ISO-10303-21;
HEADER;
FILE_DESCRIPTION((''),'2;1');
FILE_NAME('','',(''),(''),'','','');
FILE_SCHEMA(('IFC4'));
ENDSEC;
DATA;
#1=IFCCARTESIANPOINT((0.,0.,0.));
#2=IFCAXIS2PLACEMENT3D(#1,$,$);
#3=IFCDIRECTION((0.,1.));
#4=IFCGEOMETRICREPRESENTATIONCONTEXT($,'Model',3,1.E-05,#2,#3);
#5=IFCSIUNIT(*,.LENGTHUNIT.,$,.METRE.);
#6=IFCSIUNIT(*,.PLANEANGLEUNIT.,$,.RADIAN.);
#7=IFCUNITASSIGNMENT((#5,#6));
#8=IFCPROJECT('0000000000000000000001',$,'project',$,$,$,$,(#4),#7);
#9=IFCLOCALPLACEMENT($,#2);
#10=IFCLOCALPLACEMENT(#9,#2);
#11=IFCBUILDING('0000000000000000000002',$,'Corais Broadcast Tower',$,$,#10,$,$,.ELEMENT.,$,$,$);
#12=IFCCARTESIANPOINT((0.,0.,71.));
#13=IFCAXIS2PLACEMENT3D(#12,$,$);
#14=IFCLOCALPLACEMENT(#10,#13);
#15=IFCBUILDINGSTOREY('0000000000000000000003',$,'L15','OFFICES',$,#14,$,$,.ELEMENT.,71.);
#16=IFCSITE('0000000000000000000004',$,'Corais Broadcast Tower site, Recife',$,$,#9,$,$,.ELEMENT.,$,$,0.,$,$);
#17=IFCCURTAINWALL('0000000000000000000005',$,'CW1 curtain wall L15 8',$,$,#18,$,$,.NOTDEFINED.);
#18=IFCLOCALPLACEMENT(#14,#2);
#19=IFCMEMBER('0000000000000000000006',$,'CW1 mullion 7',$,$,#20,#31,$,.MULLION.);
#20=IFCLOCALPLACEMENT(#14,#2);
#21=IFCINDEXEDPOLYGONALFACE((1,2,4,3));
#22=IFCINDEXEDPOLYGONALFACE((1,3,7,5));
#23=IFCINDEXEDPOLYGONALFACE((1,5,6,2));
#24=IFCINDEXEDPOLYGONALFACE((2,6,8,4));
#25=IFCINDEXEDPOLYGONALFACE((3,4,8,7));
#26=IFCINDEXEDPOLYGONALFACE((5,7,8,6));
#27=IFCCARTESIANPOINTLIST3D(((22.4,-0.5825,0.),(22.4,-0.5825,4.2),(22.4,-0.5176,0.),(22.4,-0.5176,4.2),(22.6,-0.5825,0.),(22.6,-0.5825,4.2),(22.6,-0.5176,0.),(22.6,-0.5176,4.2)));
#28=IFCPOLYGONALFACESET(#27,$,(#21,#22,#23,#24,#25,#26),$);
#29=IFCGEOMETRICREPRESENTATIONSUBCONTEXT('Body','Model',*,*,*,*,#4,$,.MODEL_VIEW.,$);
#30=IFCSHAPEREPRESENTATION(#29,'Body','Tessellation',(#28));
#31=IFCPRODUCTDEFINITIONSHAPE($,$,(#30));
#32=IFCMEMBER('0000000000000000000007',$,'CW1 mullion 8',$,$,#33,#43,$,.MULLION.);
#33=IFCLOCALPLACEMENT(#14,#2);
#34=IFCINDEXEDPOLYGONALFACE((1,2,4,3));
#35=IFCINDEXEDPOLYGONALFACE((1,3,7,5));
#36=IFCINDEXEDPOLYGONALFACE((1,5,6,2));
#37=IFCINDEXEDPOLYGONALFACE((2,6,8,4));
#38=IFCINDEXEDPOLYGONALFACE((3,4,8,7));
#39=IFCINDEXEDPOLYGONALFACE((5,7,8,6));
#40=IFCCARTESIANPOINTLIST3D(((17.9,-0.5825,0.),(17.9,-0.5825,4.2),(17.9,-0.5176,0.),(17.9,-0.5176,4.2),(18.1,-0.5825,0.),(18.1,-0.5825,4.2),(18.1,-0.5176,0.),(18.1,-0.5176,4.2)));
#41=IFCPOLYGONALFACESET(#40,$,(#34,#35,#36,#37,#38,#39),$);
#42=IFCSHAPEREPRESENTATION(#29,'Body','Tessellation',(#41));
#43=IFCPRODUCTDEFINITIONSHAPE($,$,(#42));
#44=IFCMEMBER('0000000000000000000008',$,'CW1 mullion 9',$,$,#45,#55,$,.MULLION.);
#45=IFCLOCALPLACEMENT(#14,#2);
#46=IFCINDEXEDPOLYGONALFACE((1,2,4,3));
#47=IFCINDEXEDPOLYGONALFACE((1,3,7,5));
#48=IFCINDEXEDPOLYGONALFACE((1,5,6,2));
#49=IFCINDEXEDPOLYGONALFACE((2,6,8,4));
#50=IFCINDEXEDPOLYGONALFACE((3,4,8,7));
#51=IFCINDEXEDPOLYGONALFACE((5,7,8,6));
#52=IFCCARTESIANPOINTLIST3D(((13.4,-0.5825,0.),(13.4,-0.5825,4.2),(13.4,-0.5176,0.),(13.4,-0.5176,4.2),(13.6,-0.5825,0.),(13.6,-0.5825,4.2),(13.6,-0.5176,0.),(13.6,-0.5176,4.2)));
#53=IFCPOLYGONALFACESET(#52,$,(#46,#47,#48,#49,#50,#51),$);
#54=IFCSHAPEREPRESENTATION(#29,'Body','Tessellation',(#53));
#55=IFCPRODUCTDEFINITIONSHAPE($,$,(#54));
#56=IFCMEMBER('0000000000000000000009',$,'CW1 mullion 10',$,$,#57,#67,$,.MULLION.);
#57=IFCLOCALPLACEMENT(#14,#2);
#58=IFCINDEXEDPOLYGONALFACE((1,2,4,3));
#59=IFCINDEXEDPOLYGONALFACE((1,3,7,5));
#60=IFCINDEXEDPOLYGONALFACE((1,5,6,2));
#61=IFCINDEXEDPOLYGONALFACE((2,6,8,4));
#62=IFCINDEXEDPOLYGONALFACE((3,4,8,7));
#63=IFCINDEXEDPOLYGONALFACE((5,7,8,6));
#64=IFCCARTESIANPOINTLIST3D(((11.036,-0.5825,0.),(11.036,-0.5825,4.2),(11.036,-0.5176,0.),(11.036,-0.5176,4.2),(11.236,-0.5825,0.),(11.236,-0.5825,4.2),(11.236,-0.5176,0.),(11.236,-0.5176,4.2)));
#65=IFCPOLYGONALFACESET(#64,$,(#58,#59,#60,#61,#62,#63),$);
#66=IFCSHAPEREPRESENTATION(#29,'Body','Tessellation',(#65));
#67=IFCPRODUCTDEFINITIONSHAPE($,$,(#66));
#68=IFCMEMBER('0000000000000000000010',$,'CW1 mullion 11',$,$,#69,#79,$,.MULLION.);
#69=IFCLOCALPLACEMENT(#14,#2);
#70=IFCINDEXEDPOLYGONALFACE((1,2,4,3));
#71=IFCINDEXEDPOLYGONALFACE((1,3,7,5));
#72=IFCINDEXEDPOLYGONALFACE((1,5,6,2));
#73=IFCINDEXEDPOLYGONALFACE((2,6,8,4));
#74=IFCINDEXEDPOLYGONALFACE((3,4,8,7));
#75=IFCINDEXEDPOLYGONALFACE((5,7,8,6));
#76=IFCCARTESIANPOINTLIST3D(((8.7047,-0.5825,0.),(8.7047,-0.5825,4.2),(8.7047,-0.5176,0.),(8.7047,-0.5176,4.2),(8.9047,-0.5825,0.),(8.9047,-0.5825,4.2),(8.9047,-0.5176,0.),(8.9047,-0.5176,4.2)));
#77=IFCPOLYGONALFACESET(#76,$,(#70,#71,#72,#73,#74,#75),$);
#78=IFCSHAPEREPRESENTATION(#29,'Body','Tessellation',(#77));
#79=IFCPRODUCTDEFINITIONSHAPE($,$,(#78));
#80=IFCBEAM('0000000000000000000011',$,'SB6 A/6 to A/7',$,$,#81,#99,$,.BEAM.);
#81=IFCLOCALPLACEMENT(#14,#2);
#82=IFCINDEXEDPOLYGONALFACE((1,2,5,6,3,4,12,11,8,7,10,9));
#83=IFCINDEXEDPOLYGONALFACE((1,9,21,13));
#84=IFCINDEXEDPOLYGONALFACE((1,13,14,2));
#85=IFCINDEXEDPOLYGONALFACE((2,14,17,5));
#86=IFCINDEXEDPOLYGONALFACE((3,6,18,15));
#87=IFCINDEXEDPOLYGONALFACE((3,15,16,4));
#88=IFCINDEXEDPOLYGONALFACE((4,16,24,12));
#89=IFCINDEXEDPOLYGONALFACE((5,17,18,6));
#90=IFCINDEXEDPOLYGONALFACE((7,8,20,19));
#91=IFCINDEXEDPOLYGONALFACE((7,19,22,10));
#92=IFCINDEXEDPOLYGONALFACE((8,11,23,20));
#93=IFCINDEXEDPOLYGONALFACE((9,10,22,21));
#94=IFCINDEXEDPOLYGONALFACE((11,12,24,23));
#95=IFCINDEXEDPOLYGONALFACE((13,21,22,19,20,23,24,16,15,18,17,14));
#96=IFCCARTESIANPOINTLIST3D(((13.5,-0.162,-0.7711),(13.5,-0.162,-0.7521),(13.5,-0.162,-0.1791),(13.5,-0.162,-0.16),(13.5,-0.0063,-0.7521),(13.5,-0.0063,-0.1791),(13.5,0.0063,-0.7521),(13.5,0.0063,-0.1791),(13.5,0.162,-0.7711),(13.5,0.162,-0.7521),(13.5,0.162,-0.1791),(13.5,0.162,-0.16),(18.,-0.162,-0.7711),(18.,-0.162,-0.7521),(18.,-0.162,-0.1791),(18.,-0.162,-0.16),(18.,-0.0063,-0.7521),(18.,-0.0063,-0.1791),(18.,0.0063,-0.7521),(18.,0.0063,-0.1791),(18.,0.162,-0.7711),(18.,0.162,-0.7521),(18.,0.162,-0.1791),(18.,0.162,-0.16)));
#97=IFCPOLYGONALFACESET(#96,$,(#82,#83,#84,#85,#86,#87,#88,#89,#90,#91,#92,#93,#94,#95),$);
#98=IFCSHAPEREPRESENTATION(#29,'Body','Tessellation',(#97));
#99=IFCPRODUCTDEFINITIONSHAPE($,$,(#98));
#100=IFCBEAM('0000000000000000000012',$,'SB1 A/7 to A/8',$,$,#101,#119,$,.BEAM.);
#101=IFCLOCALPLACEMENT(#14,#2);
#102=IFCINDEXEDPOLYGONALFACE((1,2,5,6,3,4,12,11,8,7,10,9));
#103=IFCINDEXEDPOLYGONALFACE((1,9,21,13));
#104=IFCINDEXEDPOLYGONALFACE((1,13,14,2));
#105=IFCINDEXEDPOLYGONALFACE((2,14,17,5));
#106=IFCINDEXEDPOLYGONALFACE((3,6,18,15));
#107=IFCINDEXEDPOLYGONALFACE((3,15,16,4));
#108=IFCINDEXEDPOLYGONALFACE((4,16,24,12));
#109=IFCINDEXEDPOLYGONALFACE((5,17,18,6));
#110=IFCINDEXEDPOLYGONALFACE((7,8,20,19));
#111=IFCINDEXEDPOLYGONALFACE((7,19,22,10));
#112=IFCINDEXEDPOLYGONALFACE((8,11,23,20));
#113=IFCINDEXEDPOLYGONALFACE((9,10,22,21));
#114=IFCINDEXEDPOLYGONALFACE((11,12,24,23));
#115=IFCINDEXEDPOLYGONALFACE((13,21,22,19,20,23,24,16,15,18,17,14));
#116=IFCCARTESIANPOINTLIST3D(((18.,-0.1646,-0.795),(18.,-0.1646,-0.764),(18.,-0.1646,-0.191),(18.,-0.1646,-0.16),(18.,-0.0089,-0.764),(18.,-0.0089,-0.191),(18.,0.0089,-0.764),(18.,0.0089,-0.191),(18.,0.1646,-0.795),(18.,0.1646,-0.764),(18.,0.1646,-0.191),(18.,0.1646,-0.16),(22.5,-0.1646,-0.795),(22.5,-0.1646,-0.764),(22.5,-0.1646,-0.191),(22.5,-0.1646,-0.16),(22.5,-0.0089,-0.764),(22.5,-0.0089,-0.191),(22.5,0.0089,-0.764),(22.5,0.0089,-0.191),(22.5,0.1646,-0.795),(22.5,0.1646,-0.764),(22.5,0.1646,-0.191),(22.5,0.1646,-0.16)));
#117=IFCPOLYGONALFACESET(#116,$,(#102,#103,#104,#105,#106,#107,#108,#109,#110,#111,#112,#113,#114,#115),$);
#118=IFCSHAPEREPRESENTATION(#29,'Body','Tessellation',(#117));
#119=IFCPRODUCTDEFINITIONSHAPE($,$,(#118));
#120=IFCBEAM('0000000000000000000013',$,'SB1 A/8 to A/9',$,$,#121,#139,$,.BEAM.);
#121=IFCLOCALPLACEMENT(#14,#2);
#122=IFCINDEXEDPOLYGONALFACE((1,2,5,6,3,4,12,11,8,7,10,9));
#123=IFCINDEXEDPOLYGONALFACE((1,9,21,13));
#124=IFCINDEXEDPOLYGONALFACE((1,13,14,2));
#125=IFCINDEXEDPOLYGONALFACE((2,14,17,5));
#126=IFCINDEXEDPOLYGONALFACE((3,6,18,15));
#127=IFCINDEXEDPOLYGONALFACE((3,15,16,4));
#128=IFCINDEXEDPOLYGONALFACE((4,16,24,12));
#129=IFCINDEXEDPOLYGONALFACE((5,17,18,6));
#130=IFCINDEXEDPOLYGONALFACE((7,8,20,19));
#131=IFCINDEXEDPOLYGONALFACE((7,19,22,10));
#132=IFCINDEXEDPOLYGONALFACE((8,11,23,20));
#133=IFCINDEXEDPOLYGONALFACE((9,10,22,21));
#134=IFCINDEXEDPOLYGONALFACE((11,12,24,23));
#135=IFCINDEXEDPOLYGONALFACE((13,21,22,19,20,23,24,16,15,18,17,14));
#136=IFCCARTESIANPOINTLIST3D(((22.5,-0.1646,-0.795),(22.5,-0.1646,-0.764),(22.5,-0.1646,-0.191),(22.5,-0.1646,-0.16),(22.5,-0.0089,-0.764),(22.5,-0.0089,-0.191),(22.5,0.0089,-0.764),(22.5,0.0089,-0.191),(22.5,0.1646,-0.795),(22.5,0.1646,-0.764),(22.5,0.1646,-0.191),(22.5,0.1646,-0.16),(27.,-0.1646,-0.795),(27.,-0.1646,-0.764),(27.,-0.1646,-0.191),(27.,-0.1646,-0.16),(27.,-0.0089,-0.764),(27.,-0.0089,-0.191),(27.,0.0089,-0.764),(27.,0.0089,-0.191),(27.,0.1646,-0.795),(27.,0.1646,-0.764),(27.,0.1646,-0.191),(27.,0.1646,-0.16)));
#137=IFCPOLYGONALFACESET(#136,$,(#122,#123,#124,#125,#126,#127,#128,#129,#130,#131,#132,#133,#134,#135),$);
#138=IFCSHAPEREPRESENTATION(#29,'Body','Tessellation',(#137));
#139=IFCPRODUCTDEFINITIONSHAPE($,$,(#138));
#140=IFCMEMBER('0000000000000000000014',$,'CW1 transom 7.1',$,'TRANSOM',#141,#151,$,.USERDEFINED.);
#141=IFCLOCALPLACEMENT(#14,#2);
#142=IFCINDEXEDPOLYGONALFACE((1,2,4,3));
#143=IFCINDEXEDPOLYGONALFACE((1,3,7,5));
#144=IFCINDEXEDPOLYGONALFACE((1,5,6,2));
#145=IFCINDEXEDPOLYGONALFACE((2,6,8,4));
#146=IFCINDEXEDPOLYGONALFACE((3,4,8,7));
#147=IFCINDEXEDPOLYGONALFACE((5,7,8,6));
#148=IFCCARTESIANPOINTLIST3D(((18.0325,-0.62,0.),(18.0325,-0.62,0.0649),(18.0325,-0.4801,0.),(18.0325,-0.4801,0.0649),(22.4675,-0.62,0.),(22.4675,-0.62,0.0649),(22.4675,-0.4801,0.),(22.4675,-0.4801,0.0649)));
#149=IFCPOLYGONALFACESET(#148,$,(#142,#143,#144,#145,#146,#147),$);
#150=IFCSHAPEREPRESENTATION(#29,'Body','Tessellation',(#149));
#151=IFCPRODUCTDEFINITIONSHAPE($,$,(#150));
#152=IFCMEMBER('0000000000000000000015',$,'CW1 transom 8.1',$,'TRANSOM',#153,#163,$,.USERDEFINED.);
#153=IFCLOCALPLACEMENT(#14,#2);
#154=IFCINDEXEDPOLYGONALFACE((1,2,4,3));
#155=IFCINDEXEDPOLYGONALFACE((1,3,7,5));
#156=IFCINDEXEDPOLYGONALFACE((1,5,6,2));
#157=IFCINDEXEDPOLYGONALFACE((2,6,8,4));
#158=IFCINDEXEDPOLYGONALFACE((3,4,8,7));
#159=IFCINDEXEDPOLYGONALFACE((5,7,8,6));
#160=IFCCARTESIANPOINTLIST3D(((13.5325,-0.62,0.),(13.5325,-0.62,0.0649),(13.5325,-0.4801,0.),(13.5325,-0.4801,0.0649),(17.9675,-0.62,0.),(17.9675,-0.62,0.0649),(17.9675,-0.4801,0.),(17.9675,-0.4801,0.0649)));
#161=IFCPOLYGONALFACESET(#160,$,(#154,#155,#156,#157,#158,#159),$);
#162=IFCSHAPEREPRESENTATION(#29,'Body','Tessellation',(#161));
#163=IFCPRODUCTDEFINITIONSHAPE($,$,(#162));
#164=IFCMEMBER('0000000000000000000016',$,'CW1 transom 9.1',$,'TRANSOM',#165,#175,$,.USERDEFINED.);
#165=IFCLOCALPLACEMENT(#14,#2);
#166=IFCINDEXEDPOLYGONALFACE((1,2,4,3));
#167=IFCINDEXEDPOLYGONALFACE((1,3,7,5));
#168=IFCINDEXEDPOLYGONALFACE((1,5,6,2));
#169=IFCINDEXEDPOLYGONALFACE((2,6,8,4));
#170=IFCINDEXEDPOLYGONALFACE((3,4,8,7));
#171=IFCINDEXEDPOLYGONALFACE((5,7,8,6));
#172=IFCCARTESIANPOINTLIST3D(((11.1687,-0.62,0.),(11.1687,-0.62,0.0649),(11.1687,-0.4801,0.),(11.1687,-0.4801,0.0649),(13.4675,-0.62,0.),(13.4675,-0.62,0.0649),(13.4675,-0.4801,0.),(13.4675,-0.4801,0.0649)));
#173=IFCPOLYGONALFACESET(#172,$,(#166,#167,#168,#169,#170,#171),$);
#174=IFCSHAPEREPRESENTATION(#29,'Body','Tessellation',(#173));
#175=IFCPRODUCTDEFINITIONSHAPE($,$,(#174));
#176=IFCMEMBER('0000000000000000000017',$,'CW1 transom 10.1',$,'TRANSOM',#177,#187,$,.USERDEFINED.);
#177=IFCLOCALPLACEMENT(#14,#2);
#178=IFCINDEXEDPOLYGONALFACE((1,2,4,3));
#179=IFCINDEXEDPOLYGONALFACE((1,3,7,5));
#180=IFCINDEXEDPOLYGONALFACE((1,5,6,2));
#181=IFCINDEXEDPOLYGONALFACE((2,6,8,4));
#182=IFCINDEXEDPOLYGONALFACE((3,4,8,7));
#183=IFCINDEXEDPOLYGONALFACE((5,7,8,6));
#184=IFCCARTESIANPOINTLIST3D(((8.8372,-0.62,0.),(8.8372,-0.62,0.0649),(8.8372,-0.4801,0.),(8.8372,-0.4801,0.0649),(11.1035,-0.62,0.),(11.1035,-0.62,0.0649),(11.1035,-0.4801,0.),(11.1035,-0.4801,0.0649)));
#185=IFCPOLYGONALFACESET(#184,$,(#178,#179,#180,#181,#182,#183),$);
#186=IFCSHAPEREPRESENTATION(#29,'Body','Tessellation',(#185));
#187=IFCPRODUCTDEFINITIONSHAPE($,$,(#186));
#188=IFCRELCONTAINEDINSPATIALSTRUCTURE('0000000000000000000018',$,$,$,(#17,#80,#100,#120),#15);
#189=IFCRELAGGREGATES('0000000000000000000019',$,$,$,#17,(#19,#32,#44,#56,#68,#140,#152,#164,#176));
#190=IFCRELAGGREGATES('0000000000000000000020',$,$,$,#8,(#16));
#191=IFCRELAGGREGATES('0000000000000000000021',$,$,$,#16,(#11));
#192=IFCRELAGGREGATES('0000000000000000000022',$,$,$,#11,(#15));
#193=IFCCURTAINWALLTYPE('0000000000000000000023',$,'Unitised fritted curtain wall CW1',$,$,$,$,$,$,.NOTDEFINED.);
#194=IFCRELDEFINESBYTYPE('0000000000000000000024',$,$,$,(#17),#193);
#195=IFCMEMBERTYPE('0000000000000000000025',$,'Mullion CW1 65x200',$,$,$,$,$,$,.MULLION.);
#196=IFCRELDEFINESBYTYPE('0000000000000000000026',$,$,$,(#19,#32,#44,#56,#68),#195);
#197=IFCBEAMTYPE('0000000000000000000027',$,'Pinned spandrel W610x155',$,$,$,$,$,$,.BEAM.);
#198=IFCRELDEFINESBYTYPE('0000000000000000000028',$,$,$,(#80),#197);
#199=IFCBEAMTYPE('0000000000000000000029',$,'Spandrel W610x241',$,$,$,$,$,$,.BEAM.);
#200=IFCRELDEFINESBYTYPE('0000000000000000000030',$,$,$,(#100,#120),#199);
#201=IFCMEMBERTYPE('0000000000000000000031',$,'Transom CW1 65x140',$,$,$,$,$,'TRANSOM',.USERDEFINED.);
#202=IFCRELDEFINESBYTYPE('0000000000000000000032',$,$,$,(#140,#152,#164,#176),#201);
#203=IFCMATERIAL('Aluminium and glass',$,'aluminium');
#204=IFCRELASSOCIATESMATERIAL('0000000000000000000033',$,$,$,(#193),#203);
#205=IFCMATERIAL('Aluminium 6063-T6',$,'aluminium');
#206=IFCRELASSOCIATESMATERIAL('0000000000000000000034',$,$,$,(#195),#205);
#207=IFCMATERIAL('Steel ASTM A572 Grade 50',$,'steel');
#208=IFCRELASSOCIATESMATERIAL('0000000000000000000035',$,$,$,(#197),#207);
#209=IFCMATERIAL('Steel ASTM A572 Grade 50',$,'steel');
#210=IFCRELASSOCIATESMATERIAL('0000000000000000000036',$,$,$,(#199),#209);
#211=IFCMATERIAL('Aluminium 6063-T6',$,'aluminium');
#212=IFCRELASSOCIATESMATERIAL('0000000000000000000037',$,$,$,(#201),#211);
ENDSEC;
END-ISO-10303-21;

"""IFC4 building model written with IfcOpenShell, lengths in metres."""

from ifc_helpers import new_model, si_unit, direction, frame, origin, origin_2d, place, context, subcontext, project, spatial, rectangle, i_section, extrude, material, material_profile, profile_set, type_object, element, aggregate, save


model = new_model("IFC4")

# Units and contexts
model_context = context("Model", 3, precision=1e-05, world=origin(), true_north=direction((0.0, 1.0)))
body_context = subcontext(model_context, "Body", "Model", "MODEL_VIEW")
ifc_project = project(units=[si_unit("LENGTHUNIT", "METRE"), si_unit("PLANEANGLEUNIT", "RADIAN")], contexts=[model_context])

# Site, building, storey
site_placement = place(None, origin())
site = spatial("IfcSite", under=ifc_project, at=site_placement, Name="Corais Broadcast Tower site, Recife", CompositionType="ELEMENT", RefElevation=0.0)
building_placement = place(site_placement, origin())
building = spatial("IfcBuilding", under=site, at=building_placement, Name="Corais Broadcast Tower", CompositionType="ELEMENT")
storey_placement = place(building_placement, frame((0.0, 0.0, 71.0)))
storey = spatial("IfcBuildingStorey", under=building, at=storey_placement, Name="L15", Description="OFFICES", CompositionType="ELEMENT", Elevation=71.0)

# Curtain wall, members
ifc_material_1 = material(Name="Aluminium and glass", Category="aluminium")
curtain_wall_type = type_object("IfcCurtainWallType", Name="Unitised fritted curtain wall CW1", PredefinedType="NOTDEFINED", material=ifc_material_1)
curtain_wall_placement = place(storey_placement, origin())
curtain_wall = element("IfcCurtainWall", 1, at=curtain_wall_placement, inside=storey, type_object=curtain_wall_type, Name="CW1 curtain wall L15 8", PredefinedType="NOTDEFINED")
ifc_material_2 = material(Name="Aluminium 6063-T6", Category="aluminium")
ifc_material_profile_1 = material_profile(ifc_material_2, rectangle(XDim=0.0649, YDim=0.2, at=origin_2d()), Name="Mullion CW1 65x200")
ifc_profile_set_1 = profile_set([ifc_material_profile_1], Name="Aluminium 6063-T6")
member_type_1 = type_object("IfcMemberType", Name="Mullion CW1 65x200", PredefinedType="MULLION", material=ifc_profile_set_1)
member_1_placement = place(storey_placement, frame((22.5, -0.55, 0.0), z_axis=(0.0, 0.0, 1.0), x_axis=(0.0, -1.0, 0.0)))
member_1 = element("IfcMember", 2, at=member_1_placement, type_object=member_type_1, Name="CW1 mullion 7", PredefinedType="MULLION", context=body_context, shape_type="SweptSolid", body=[
    extrude(rectangle(XDim=0.0649, YDim=0.2, at=origin_2d()), origin(), (0.0, 0.0, 1.0), 4.2),
])
member_2_placement = place(storey_placement, frame((18.0, -0.55, 0.0), z_axis=(0.0, 0.0, 1.0), x_axis=(0.0, -1.0, 0.0)))
member_2 = element("IfcMember", 3, at=member_2_placement, type_object=member_type_1, Name="CW1 mullion 8", PredefinedType="MULLION", context=body_context, shape_type="SweptSolid", body=[
    extrude(rectangle(XDim=0.0649, YDim=0.2, at=origin_2d()), origin(), (0.0, 0.0, 1.0), 4.2),
])
member_3_placement = place(storey_placement, frame((13.5, -0.55, 0.0), z_axis=(0.0, 0.0, 1.0), x_axis=(0.0, -1.0, 0.0)))
member_3 = element("IfcMember", 4, at=member_3_placement, type_object=member_type_1, Name="CW1 mullion 9", PredefinedType="MULLION", context=body_context, shape_type="SweptSolid", body=[
    extrude(rectangle(XDim=0.0649, YDim=0.2, at=origin_2d()), origin(), (0.0, 0.0, 1.0), 4.2),
])
member_4_placement = place(storey_placement, frame((11.136, -0.55, 0.0), z_axis=(0.0, 0.0, 1.0), x_axis=(0.0, -1.0, 0.0)))
member_4 = element("IfcMember", 5, at=member_4_placement, type_object=member_type_1, Name="CW1 mullion 10", PredefinedType="MULLION", context=body_context, shape_type="SweptSolid", body=[
    extrude(rectangle(XDim=0.0649, YDim=0.2, at=origin_2d()), origin(), (0.0, 0.0, 1.0), 4.2),
])
member_5_placement = place(storey_placement, frame((8.8047, -0.55, 0.0), z_axis=(0.0, 0.0, 1.0), x_axis=(0.0, -1.0, 0.0)))
member_5 = element("IfcMember", 6, at=member_5_placement, type_object=member_type_1, Name="CW1 mullion 11", PredefinedType="MULLION", context=body_context, shape_type="SweptSolid", body=[
    extrude(rectangle(XDim=0.0649, YDim=0.2, at=origin_2d()), origin(), (0.0, 0.0, 1.0), 4.2),
])

# Beams
ifc_material_3 = material(Name="Steel ASTM A572 Grade 50", Category="steel")
ifc_material_profile_2 = material_profile(ifc_material_3, i_section(OverallWidth=0.324, OverallDepth=0.6111, WebThickness=0.0127, FlangeThickness=0.019, at=origin_2d()), Name="W610x155")
ifc_profile_set_2 = profile_set([ifc_material_profile_2], Name="Steel ASTM A572 Grade 50")
beam_type_1 = type_object("IfcBeamType", Name="Pinned spandrel W610x155", PredefinedType="BEAM", material=ifc_profile_set_2)
beam_1_placement = place(storey_placement, frame((13.5, 0.0, -0.4656), z_axis=(1.0, 0.0, 0.0), x_axis=(0.0, 1.0, 0.0)))
element("IfcBeam", 7, at=beam_1_placement, inside=storey, type_object=beam_type_1, Name="SB6 A/6 to A/7", PredefinedType="BEAM", context=body_context, shape_type="SweptSolid", body=[
    extrude(i_section(OverallWidth=0.324, OverallDepth=0.6111, WebThickness=0.0127, FlangeThickness=0.019, at=origin_2d()), origin(), (0.0, 0.0, 1.0), 4.5),
])
ifc_material_4 = material(Name="Steel ASTM A572 Grade 50", Category="steel")
ifc_material_profile_3 = material_profile(ifc_material_4, i_section(OverallWidth=0.3291, OverallDepth=0.635, WebThickness=0.0178, FlangeThickness=0.031, at=origin_2d()), Name="W610x241")
ifc_profile_set_3 = profile_set([ifc_material_profile_3], Name="Steel ASTM A572 Grade 50")
beam_type_2 = type_object("IfcBeamType", Name="Spandrel W610x241", PredefinedType="BEAM", material=ifc_profile_set_3)
for number, where, z_axis, x_axis, name in (
    (8, (18.0, 0.0, -0.4775), (1.0, 0.0, 0.0), (0.0, 1.0, 0.0), "SB1 A/7 to A/8"),
    (9, (22.5, 0.0, -0.4775), (1.0, 0.0, 0.0), (0.0, 1.0, 0.0), "SB1 A/8 to A/9"),
):
    element("IfcBeam", number, at=place(storey_placement, frame(where, z_axis=z_axis, x_axis=x_axis)), inside=storey, type_object=beam_type_2, Name=name, PredefinedType="BEAM", context=body_context, shape_type="SweptSolid", body=[
        extrude(i_section(OverallWidth=0.3291, OverallDepth=0.635, WebThickness=0.0178, FlangeThickness=0.031, at=origin_2d()), origin(), (0.0, 0.0, 1.0), 4.5),
    ])

# Members
ifc_material_5 = material(Name="Aluminium 6063-T6", Category="aluminium")
ifc_material_profile_4 = material_profile(ifc_material_5, rectangle(XDim=0.1399, YDim=0.0649, at=origin_2d()), Name="Transom CW1 65x140")
ifc_profile_set_4 = profile_set([ifc_material_profile_4], Name="Aluminium 6063-T6")
member_type_2 = type_object("IfcMemberType", Name="Transom CW1 65x140", ElementType="TRANSOM", PredefinedType="USERDEFINED", material=ifc_profile_set_4)
member_6_placement = place(storey_placement, frame((22.4675, -0.55, 0.0325), z_axis=(-1.0, 0.0, 0.0), x_axis=(0.0, -1.0, 0.0)))
member_6 = element("IfcMember", 10, at=member_6_placement, type_object=member_type_2, Name="CW1 transom 7.1", ObjectType="TRANSOM", PredefinedType="USERDEFINED", context=body_context, shape_type="SweptSolid", body=[
    extrude(rectangle(XDim=0.1399, YDim=0.0649, at=origin_2d()), origin(), (0.0, 0.0, 1.0), 4.4351),
])
member_7_placement = place(storey_placement, frame((17.9675, -0.55, 0.0325), z_axis=(-1.0, 0.0, 0.0), x_axis=(0.0, -1.0, 0.0)))
member_7 = element("IfcMember", 11, at=member_7_placement, type_object=member_type_2, Name="CW1 transom 8.1", ObjectType="TRANSOM", PredefinedType="USERDEFINED", context=body_context, shape_type="SweptSolid", body=[
    extrude(rectangle(XDim=0.1399, YDim=0.0649, at=origin_2d()), origin(), (0.0, 0.0, 1.0), 4.4351),
])
member_8_placement = place(storey_placement, frame((13.4675, -0.55, 0.0325), z_axis=(-1.0, 0.0, 0.0), x_axis=(0.0, -1.0, 0.0)))
member_8 = element("IfcMember", 12, at=member_8_placement, type_object=member_type_2, Name="CW1 transom 9.1", ObjectType="TRANSOM", PredefinedType="USERDEFINED", context=body_context, shape_type="SweptSolid", body=[
    extrude(rectangle(XDim=0.1399, YDim=0.0649, at=origin_2d()), origin(), (0.0, 0.0, 1.0), 2.2988),
])
member_9_placement = place(storey_placement, frame((11.1035, -0.55, 0.0325), z_axis=(-1.0, 0.0, 0.0), x_axis=(0.0, -1.0, 0.0)))
member_9 = element("IfcMember", 13, at=member_9_placement, type_object=member_type_2, Name="CW1 transom 10.1", ObjectType="TRANSOM", PredefinedType="USERDEFINED", context=body_context, shape_type="SweptSolid", body=[
    extrude(rectangle(XDim=0.1399, YDim=0.0649, at=origin_2d()), origin(), (0.0, 0.0, 1.0), 2.2664),
])

aggregate(curtain_wall, [member_1, member_2, member_3, member_4, member_5, member_6, member_7, member_8, member_9])

save(model, "model.ifc")
